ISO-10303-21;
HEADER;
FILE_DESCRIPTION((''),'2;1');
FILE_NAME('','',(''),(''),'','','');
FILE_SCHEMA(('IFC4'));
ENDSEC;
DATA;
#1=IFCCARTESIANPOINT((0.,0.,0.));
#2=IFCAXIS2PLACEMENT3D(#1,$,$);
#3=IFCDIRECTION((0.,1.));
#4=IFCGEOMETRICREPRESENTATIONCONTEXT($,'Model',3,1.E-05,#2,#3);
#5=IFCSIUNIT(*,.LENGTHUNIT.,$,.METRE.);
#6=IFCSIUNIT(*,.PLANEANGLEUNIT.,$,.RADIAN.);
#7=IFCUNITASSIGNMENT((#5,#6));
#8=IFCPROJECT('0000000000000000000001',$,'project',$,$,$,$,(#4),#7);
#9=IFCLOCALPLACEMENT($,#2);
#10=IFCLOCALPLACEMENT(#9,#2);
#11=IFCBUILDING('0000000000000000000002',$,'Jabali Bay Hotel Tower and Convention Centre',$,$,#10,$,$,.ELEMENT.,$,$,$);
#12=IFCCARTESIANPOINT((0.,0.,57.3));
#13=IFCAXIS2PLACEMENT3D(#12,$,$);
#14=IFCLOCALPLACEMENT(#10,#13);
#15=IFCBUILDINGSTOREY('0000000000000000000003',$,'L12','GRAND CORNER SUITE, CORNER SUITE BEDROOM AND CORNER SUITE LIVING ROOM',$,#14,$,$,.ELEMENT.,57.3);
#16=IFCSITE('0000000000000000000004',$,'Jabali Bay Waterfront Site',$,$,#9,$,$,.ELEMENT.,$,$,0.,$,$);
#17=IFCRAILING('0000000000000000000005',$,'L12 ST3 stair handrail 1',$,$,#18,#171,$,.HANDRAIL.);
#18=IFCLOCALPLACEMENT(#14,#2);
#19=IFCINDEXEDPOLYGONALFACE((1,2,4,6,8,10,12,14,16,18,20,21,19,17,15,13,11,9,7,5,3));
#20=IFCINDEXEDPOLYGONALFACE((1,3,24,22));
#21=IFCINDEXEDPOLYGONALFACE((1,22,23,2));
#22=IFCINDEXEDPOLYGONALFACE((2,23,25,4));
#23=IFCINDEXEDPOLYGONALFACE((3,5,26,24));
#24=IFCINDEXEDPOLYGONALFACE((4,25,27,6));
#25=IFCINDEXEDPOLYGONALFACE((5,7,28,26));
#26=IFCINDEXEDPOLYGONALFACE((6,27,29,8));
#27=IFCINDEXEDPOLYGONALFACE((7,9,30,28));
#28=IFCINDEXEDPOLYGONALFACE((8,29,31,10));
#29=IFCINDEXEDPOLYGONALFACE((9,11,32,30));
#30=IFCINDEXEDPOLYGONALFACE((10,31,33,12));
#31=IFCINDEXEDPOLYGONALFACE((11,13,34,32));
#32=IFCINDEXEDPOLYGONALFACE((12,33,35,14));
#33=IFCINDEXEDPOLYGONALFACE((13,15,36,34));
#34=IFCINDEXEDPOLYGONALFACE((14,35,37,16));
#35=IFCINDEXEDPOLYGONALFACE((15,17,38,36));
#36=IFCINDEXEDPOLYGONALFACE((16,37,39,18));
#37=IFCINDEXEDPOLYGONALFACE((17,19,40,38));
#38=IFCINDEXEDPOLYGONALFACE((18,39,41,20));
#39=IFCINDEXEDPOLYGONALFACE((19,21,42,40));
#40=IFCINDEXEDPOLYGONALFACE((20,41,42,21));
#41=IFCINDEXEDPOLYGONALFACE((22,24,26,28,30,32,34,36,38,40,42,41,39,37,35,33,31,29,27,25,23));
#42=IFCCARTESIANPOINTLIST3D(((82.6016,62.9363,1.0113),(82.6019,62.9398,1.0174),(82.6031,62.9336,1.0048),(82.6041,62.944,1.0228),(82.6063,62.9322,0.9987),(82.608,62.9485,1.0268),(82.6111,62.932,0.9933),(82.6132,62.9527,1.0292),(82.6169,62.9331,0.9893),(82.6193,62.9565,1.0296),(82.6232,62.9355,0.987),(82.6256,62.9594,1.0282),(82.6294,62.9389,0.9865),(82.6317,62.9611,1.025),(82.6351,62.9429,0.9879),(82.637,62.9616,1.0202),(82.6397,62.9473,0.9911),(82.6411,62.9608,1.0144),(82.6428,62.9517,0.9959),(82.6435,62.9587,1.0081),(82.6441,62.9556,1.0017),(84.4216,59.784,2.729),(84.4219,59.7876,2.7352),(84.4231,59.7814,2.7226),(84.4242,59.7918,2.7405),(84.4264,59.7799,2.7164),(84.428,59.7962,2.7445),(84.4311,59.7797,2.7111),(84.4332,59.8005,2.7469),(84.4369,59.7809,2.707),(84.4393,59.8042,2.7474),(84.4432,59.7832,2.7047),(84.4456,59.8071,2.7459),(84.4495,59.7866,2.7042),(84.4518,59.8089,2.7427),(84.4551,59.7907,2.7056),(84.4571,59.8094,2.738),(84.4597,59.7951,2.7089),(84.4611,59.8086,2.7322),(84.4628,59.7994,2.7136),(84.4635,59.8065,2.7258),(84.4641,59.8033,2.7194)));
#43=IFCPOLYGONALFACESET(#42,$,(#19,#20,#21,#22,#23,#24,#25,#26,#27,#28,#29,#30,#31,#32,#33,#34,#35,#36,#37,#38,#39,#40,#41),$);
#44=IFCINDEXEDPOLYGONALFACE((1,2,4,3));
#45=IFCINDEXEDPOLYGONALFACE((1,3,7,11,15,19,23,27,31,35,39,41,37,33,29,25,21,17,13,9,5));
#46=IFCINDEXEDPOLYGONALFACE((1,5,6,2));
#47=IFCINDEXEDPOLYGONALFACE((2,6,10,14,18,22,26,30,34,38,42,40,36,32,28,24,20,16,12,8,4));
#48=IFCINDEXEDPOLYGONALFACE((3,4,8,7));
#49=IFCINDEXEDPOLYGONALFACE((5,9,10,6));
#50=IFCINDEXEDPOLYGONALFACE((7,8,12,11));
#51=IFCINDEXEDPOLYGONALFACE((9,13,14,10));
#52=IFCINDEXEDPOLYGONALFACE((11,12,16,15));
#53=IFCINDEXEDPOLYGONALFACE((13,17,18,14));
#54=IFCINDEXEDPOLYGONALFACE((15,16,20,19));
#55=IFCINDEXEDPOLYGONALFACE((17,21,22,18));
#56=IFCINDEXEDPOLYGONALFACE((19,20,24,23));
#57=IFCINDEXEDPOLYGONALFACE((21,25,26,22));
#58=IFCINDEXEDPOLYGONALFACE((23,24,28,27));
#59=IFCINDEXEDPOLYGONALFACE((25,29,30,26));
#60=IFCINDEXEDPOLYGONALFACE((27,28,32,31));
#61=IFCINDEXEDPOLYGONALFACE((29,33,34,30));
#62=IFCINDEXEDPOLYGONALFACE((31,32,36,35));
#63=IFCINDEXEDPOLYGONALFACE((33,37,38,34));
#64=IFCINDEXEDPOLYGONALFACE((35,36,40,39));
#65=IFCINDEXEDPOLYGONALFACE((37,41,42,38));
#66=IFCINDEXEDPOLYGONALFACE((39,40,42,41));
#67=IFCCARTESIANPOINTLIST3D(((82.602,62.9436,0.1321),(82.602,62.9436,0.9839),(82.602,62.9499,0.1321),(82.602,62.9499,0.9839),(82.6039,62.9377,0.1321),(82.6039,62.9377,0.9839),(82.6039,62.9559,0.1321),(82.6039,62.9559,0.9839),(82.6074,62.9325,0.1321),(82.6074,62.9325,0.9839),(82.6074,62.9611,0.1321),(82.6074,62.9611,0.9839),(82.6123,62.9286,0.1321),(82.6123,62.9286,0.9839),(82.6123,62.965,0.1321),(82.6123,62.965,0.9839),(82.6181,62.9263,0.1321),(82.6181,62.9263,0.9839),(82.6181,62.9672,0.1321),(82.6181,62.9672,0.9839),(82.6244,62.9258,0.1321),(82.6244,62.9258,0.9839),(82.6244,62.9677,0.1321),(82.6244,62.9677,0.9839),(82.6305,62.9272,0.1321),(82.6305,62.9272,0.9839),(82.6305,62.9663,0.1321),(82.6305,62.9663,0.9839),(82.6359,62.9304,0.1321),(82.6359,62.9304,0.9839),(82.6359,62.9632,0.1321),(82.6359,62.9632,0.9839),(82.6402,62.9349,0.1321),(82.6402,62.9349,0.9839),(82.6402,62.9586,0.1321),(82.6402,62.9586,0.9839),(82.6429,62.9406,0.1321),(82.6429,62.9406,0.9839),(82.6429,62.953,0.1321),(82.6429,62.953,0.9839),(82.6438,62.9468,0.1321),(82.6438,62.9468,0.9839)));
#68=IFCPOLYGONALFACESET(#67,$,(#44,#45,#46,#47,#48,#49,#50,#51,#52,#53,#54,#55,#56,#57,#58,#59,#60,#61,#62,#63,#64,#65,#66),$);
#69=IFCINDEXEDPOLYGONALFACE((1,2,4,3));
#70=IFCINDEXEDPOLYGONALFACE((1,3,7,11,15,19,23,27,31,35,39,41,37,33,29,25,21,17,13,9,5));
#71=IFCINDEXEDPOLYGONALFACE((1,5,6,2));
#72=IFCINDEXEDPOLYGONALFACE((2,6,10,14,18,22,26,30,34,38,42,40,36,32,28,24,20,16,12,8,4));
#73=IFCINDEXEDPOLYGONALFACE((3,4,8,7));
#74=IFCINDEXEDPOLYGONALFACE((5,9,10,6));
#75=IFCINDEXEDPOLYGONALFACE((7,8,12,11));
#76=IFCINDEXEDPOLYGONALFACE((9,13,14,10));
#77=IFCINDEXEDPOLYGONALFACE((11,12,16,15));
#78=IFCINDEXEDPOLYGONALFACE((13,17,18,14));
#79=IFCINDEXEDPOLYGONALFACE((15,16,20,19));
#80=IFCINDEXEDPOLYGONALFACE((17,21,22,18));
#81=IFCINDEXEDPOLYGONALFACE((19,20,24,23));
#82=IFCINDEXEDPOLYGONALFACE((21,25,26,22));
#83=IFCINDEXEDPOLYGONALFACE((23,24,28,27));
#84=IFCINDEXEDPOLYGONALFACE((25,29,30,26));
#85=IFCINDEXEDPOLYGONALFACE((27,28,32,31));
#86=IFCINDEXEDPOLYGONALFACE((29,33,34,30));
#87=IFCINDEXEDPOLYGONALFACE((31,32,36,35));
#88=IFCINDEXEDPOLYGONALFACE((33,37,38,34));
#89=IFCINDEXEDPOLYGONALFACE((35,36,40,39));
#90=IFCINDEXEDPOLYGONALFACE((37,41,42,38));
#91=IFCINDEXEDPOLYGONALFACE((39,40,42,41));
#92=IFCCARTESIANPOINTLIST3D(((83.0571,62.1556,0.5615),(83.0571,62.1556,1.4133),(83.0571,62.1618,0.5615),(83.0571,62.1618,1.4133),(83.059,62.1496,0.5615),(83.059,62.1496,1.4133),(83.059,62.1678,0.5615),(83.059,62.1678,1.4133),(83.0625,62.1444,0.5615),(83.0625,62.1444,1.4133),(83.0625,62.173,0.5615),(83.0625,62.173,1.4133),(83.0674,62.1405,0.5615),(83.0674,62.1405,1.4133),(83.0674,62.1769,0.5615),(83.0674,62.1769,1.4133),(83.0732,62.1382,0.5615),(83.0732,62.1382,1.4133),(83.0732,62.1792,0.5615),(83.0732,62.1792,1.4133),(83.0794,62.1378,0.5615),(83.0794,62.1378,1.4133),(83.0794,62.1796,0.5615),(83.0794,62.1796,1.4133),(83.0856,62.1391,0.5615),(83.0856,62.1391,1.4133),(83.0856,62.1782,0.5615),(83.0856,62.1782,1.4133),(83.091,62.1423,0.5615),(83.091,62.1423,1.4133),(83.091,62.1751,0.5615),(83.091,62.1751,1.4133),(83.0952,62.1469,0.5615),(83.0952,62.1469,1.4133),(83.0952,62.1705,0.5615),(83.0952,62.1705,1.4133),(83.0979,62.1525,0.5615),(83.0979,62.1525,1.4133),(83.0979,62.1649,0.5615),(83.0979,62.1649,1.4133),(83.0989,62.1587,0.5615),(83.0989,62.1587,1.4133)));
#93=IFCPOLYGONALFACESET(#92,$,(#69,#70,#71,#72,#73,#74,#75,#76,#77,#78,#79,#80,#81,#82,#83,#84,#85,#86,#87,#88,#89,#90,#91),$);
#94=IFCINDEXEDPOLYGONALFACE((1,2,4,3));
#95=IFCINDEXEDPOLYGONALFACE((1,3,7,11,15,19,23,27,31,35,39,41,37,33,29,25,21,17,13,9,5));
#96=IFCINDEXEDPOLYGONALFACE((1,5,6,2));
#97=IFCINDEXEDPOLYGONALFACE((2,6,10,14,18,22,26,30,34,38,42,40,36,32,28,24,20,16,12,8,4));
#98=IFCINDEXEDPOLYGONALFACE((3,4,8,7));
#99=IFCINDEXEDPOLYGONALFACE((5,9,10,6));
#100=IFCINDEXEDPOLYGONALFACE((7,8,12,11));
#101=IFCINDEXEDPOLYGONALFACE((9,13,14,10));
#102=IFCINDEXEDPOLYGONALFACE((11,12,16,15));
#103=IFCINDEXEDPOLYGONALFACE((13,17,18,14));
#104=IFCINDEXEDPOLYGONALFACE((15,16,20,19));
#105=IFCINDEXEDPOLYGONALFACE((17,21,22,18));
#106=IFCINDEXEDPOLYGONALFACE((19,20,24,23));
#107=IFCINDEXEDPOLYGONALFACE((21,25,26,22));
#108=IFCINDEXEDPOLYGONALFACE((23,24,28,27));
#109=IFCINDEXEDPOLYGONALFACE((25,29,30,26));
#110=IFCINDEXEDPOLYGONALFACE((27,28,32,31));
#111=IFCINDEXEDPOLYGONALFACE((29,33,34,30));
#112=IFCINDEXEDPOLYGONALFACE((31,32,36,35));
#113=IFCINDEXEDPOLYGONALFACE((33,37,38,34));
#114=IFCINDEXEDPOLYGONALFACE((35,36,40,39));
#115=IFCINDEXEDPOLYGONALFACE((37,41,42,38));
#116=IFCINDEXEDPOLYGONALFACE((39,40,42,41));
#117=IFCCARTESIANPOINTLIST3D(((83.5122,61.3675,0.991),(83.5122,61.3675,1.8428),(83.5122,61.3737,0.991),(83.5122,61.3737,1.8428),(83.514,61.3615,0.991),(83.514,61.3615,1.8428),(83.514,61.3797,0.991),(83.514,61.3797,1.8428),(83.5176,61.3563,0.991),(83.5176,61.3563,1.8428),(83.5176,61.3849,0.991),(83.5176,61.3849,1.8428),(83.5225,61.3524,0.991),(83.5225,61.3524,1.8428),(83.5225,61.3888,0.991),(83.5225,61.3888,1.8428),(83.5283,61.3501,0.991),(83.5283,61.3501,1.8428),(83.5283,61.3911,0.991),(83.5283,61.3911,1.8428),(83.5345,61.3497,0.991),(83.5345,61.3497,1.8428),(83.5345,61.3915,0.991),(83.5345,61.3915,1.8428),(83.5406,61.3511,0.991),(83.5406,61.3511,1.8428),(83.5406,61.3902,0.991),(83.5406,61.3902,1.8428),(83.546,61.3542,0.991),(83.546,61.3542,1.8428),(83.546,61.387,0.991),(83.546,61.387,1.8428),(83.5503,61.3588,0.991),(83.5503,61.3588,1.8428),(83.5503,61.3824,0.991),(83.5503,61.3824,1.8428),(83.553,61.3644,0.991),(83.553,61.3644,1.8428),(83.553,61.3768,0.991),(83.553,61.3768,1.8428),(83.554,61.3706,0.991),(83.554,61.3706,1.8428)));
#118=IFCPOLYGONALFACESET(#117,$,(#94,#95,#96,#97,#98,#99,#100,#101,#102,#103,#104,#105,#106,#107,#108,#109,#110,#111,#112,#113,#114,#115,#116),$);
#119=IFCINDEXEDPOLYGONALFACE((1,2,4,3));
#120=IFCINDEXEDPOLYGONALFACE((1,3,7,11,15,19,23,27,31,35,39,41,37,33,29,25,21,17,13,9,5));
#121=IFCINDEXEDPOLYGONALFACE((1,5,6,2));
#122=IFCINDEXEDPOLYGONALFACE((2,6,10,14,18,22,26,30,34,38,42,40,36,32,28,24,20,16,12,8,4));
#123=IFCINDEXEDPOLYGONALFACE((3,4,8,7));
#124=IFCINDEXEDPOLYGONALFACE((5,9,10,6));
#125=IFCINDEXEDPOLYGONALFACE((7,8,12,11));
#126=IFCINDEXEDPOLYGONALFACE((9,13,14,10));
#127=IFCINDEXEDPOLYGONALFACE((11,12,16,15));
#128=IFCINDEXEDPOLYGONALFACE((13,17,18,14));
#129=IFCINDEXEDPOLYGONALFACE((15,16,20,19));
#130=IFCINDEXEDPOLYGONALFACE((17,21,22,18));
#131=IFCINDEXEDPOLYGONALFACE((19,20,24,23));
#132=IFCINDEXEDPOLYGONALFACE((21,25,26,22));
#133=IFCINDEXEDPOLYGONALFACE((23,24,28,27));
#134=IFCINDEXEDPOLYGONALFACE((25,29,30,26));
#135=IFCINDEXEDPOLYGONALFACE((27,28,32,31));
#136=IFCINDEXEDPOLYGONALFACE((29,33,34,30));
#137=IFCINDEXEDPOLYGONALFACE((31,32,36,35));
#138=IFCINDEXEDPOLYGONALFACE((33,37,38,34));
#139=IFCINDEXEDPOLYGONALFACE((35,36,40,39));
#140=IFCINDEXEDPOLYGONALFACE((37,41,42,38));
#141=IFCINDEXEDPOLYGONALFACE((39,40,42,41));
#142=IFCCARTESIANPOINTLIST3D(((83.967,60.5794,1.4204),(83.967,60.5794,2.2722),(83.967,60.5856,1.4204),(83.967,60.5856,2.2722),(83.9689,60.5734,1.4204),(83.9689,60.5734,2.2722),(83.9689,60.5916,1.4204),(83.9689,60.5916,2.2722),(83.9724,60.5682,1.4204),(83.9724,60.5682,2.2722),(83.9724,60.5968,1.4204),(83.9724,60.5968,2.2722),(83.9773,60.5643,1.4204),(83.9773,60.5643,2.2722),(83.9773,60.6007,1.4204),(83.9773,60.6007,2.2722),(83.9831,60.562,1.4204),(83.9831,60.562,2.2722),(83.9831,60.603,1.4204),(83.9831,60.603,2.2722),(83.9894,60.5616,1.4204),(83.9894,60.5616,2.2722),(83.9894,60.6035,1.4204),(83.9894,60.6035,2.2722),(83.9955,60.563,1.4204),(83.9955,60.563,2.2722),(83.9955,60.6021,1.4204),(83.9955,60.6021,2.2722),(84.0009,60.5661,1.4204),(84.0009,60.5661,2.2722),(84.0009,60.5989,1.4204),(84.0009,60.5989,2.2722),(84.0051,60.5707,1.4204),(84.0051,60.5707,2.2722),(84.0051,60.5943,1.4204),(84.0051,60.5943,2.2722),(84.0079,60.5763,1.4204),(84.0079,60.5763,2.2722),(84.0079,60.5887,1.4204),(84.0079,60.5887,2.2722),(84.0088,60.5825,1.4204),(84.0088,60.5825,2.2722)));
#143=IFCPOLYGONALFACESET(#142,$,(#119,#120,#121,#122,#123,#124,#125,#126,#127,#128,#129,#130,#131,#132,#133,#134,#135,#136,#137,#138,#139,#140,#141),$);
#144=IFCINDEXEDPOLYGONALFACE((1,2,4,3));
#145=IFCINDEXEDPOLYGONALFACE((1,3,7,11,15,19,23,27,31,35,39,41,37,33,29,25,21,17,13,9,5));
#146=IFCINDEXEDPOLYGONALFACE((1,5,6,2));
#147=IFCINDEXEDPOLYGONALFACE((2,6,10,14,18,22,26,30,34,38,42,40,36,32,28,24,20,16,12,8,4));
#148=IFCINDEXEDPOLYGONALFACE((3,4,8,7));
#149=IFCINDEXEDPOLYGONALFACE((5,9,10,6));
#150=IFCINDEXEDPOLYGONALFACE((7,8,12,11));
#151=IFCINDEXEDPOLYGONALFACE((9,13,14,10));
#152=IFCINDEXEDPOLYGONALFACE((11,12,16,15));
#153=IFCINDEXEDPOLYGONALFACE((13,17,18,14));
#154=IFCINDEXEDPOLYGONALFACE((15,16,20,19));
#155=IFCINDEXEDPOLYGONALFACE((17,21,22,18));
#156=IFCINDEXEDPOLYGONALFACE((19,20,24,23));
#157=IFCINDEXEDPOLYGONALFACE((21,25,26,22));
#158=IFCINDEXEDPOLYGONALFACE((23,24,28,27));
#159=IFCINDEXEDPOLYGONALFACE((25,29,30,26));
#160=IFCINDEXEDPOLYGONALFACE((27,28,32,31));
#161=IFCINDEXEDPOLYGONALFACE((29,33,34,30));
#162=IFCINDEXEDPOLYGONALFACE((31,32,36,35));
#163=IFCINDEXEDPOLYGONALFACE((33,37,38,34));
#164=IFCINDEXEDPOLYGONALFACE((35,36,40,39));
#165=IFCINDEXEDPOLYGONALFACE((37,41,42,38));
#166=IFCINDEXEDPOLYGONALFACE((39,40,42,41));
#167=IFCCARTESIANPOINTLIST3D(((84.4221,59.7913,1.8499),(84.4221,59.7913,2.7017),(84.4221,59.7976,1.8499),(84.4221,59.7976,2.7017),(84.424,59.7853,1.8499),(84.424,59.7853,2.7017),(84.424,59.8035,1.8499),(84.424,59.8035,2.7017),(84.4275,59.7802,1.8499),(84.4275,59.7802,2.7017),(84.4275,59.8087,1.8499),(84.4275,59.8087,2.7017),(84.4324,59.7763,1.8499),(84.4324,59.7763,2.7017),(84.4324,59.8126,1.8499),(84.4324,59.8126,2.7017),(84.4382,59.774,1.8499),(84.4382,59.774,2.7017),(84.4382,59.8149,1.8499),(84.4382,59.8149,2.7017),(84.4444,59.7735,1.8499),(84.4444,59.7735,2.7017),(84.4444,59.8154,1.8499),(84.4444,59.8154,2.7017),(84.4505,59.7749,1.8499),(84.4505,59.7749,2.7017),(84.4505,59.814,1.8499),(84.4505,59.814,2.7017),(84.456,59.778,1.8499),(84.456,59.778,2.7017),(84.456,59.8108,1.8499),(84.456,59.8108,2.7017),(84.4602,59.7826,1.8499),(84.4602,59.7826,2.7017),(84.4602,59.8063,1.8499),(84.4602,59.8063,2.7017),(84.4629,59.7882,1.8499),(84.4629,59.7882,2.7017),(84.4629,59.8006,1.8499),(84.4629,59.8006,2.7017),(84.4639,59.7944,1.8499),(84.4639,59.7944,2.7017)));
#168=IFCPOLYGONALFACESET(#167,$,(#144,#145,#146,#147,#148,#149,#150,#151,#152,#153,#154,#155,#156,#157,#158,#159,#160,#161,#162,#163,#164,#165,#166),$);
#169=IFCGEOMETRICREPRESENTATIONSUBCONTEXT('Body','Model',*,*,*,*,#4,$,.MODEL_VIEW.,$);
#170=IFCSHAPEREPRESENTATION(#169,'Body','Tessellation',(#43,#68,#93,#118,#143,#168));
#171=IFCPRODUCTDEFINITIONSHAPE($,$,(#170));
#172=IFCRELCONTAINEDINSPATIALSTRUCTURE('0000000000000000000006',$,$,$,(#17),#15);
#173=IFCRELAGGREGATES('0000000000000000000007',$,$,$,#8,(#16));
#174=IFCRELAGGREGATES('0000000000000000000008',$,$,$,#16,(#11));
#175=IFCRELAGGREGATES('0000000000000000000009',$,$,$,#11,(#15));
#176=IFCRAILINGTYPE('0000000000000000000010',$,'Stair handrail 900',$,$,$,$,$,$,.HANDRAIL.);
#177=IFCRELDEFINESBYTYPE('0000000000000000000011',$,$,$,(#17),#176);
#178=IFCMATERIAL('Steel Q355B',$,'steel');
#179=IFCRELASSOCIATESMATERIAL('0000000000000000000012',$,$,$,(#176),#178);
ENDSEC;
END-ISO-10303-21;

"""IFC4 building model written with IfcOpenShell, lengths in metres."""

from ifc_helpers import new_model, si_unit, direction, frame, origin, origin_2d, place, context, subcontext, project, spatial, circle, extrude, material, type_object, element, save


model = new_model("IFC4")

# Units and contexts
model_context = context("Model", 3, precision=1e-05, world=origin(), true_north=direction((0.0, 1.0)))
body_context = subcontext(model_context, "Body", "Model", "MODEL_VIEW")
ifc_project = project(units=[si_unit("LENGTHUNIT", "METRE"), si_unit("PLANEANGLEUNIT", "RADIAN")], contexts=[model_context])

# Site, building, storey
site_placement = place(None, origin())
site = spatial("IfcSite", under=ifc_project, at=site_placement, Name="Jabali Bay Waterfront Site", CompositionType="ELEMENT", RefElevation=0.0)
building_placement = place(site_placement, origin())
building = spatial("IfcBuilding", under=site, at=building_placement, Name="Jabali Bay Hotel Tower and Convention Centre", CompositionType="ELEMENT")
storey_placement = place(building_placement, frame((0.0, 0.0, 57.3)))
storey = spatial("IfcBuildingStorey", under=building, at=storey_placement, Name="L12", Description="GRAND CORNER SUITE, CORNER SUITE BEDROOM AND CORNER SUITE LIVING ROOM", CompositionType="ELEMENT", Elevation=57.3)

# Railing
ifc_material_1 = material(Name="Steel Q355B", Category="steel")
railing_type_1 = type_object("IfcRailingType", Name="Stair handrail 900", PredefinedType="HANDRAIL", material=ifc_material_1)
railing_1_placement = place(storey_placement, frame((82.6228, 62.9468, 0.1321)))
element("IfcRailing", 1, at=railing_1_placement, inside=storey, type_object=railing_type_1, Name="L12 ST3 stair handrail 1", PredefinedType="HANDRAIL", context=body_context, shape_type="SweptSolid", body=[
    extrude(circle(Radius=0.0239, at=origin_2d()), frame((0.0, 0.0, 0.876), z_axis=(0.45219, -0.78319, 0.426775), x_axis=(0.866018, 0.500013, 0.0)), (0.0, 0.0, 1.0), 4.0249),
    extrude(circle(Radius=0.021, at=origin_2d()), origin(), (0.0, 0.0, 1.0), 0.8518),
    extrude(circle(Radius=0.021, at=origin_2d()), frame((0.4551, -0.7881, 0.4294)), (0.0, 0.0, 1.0), 0.8518),
    extrude(circle(Radius=0.021, at=origin_2d()), frame((0.9102, -1.5762, 0.8589)), (0.0, 0.0, 1.0), 0.8518),
    extrude(circle(Radius=0.021, at=origin_2d()), frame((1.365, -2.3643, 1.2883)), (0.0, 0.0, 1.0), 0.8518),
    extrude(circle(Radius=0.021, at=origin_2d()), frame((1.8201, -3.1523, 1.7178)), (0.0, 0.0, 1.0), 0.8518),
])

save(model, "model.ifc")
